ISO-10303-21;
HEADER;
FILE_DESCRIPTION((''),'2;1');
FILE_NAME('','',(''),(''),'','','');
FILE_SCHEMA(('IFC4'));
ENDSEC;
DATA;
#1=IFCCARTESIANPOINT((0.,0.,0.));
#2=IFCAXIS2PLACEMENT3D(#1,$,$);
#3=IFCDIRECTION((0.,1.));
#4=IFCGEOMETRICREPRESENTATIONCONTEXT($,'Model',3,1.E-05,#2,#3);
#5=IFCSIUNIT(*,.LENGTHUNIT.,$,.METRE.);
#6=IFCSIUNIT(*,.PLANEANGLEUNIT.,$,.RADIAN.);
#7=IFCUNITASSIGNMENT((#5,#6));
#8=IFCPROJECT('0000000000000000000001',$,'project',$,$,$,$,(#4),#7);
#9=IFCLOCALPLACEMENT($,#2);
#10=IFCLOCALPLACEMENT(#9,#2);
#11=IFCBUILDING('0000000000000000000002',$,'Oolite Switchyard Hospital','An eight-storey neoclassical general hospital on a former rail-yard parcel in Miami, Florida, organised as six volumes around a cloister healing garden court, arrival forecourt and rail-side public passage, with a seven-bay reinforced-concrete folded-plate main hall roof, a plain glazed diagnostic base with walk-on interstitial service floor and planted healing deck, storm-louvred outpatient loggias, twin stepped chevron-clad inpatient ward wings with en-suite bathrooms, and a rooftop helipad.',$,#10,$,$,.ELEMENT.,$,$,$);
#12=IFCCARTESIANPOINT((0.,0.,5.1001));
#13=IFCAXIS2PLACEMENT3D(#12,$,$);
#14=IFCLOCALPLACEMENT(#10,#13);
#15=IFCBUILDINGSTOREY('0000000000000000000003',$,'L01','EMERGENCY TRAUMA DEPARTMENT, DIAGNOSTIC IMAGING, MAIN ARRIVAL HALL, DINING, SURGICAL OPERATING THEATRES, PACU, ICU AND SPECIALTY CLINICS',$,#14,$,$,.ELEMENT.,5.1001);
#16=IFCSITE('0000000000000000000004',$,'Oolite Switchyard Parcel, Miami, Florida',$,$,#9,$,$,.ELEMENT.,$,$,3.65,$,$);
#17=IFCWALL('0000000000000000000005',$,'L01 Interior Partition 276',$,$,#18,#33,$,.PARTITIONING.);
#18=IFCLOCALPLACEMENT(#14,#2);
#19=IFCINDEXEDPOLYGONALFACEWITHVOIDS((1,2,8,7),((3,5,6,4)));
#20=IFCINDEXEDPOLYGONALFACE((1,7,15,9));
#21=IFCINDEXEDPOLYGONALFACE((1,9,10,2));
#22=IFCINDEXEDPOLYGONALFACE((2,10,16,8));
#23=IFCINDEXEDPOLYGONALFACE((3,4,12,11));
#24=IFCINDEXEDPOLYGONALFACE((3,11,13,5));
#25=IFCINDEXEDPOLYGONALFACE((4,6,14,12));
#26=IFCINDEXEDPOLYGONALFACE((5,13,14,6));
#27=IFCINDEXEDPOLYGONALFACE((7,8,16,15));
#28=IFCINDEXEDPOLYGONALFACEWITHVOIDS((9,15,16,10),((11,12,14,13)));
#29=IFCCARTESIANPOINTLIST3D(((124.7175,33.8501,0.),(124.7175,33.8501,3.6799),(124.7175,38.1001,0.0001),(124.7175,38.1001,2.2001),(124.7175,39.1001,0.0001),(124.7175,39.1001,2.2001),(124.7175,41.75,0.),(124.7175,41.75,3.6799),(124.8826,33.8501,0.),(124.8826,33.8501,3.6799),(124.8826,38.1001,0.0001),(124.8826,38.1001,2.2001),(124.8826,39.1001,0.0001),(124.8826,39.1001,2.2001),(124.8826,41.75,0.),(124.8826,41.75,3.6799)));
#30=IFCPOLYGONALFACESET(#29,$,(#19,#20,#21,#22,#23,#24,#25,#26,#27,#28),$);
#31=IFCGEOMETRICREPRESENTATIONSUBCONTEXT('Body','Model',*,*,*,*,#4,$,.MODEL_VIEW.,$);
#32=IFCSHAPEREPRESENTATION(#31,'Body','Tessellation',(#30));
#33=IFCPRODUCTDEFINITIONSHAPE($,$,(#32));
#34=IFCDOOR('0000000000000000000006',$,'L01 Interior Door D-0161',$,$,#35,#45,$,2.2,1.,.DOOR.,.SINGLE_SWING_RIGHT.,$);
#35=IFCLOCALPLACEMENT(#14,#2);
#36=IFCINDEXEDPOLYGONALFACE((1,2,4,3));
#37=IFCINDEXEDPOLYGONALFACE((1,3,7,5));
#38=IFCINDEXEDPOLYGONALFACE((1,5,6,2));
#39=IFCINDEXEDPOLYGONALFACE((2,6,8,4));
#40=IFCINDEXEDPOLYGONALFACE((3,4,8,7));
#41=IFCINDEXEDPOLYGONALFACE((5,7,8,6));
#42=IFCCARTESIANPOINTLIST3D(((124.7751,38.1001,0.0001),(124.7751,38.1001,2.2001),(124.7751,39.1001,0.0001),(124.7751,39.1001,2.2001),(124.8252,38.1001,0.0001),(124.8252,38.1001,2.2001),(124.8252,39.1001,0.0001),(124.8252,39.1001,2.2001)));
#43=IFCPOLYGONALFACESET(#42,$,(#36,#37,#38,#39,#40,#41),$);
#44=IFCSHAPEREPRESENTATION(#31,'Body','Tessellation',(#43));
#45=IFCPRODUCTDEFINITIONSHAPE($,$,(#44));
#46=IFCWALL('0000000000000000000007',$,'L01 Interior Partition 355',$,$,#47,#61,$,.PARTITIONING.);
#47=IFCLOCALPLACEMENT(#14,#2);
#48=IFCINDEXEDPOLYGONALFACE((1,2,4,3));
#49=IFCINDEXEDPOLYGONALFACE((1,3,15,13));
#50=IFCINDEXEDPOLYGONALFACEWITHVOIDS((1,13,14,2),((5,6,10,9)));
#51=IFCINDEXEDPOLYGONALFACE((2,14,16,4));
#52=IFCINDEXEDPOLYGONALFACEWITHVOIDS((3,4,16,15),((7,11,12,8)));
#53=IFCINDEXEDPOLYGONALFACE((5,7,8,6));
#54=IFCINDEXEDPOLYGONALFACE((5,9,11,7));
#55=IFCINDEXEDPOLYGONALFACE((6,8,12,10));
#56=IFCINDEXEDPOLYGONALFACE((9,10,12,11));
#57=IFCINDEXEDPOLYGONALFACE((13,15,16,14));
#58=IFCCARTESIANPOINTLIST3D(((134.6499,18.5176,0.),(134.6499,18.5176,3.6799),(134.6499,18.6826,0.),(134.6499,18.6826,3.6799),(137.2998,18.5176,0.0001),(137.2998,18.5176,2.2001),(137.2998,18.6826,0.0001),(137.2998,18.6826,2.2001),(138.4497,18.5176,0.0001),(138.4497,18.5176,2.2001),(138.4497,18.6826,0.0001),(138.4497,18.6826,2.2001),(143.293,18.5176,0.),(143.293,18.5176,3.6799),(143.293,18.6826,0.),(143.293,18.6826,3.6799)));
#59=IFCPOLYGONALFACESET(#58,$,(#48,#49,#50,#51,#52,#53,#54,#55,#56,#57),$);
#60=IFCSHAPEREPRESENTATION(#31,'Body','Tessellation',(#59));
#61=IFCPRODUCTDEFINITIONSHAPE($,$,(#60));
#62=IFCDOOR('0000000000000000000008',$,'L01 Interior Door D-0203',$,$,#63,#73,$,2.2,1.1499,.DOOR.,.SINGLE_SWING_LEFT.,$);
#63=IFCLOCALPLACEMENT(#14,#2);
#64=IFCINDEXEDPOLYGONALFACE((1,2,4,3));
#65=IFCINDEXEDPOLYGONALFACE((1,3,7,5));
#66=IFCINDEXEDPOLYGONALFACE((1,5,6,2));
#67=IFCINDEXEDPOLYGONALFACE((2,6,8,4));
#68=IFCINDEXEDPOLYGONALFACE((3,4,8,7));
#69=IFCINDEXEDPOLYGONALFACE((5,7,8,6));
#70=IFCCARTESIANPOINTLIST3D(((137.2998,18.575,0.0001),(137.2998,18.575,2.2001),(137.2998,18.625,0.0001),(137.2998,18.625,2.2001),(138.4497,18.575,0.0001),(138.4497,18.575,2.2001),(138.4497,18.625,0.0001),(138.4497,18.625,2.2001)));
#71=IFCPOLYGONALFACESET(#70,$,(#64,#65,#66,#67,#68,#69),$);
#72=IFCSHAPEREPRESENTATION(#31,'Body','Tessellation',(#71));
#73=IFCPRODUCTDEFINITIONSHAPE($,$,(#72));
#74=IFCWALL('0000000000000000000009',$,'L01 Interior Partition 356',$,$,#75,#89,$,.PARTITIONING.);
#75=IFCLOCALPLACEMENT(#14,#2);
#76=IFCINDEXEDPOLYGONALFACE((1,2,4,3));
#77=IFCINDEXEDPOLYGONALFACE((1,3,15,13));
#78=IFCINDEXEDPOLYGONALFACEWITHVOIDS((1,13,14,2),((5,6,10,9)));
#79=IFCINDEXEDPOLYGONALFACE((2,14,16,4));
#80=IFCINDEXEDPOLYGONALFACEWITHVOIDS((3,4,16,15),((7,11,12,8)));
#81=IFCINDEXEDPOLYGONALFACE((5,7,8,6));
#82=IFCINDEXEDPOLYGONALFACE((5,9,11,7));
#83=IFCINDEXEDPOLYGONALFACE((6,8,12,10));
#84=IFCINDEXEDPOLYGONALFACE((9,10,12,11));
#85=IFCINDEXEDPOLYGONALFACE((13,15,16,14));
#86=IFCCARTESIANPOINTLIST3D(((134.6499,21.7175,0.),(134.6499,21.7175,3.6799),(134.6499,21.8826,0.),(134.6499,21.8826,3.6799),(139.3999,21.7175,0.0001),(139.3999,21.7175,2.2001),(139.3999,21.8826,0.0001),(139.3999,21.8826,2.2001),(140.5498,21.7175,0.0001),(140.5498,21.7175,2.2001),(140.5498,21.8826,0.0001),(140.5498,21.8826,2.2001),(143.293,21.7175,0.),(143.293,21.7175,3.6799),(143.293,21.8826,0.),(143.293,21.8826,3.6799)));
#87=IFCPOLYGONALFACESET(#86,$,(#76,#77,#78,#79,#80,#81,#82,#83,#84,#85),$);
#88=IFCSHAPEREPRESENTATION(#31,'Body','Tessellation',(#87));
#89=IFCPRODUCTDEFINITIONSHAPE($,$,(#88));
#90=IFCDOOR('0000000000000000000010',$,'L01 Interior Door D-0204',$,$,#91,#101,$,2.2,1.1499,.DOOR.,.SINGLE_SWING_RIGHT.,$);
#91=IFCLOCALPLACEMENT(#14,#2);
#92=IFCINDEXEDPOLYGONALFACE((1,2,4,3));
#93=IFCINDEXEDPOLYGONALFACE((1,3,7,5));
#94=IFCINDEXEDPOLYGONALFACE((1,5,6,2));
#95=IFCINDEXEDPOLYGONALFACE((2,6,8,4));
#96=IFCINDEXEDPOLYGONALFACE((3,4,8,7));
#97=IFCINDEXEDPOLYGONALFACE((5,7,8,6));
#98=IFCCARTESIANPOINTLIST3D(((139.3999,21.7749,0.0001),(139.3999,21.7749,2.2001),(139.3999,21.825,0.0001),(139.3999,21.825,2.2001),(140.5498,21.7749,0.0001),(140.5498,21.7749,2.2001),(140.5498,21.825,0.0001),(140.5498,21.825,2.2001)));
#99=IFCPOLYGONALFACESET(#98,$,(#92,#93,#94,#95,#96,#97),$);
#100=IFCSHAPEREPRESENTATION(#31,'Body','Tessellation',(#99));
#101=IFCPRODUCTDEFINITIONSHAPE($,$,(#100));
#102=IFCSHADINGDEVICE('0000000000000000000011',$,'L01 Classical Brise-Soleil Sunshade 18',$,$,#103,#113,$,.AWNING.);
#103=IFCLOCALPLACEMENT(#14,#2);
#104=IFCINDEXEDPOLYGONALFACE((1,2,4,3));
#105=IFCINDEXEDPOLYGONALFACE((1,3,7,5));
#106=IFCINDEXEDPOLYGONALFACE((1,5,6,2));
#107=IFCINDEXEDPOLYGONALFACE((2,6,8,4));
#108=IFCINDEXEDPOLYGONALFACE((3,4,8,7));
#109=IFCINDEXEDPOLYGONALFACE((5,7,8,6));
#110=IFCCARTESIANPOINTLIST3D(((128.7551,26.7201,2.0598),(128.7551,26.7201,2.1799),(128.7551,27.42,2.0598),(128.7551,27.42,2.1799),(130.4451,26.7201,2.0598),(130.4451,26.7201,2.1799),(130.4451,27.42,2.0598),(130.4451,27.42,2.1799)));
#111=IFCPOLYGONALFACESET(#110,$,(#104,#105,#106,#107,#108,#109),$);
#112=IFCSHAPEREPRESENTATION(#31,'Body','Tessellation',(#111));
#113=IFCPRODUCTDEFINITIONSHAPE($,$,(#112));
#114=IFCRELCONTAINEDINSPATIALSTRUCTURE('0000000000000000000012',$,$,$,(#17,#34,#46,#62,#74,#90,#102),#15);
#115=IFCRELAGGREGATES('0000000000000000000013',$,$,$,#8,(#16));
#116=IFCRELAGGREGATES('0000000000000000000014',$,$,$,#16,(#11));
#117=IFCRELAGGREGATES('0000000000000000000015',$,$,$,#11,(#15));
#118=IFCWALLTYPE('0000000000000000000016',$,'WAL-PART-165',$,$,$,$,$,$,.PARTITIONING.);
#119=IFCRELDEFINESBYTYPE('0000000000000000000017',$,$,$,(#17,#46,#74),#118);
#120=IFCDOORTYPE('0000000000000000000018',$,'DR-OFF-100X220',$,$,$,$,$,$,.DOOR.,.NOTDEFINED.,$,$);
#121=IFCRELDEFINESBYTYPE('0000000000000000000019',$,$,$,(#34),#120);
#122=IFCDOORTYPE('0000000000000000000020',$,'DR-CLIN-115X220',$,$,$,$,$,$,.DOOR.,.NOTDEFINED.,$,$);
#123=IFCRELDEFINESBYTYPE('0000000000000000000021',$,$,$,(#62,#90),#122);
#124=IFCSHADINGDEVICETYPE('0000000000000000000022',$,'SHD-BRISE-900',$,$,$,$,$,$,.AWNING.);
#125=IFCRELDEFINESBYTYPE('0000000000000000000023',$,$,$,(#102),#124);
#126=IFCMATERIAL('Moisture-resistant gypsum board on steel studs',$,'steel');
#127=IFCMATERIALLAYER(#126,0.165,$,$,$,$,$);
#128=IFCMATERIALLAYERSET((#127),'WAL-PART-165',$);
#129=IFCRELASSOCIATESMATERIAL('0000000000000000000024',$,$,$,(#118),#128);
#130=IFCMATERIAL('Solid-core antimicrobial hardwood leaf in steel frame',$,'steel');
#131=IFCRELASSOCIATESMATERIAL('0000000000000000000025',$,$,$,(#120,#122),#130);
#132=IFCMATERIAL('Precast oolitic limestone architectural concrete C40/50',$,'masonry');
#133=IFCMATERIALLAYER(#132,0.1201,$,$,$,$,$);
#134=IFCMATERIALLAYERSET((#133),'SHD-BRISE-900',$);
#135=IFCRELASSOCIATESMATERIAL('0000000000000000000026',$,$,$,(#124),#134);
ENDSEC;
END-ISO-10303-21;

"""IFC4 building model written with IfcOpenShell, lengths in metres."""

from ifc_helpers import new_model, si_unit, direction, frame, frame_2d, origin, origin_2d, place, context, subcontext, project, spatial, rectangle, extrude, material, layer, layer_set, type_object, element, fill, save


model = new_model("IFC4")

# Units and contexts
model_context = context("Model", 3, precision=1e-05, world=origin(), true_north=direction((0.0, 1.0)))
body_context = subcontext(model_context, "Body", "Model", "MODEL_VIEW")
ifc_project = project(units=[si_unit("LENGTHUNIT", "METRE"), si_unit("PLANEANGLEUNIT", "RADIAN")], contexts=[model_context])

# Site, building, storey
site_placement = place(None, origin())
site = spatial("IfcSite", under=ifc_project, at=site_placement, Name="Oolite Switchyard Parcel, Miami, Florida", CompositionType="ELEMENT", RefElevation=3.65)
building_placement = place(site_placement, origin())
building = spatial("IfcBuilding", under=site, at=building_placement, Name="Oolite Switchyard Hospital", Description="An eight-storey neoclassical general hospital on a former rail-yard parcel in Miami, Florida, organised as six volumes around a cloister healing garden court, arrival forecourt and rail-side public passage, with a seven-bay reinforced-concrete folded-plate main hall roof, a plain glazed diagnostic base with walk-on interstitial service floor and planted healing deck, storm-louvred outpatient loggias, twin stepped chevron-clad inpatient ward wings with en-suite bathrooms, and a rooftop helipad.", CompositionType="ELEMENT")
storey_placement = place(building_placement, frame((0.0, 0.0, 5.1001)))
storey = spatial("IfcBuildingStorey", under=building, at=storey_placement, Name="L01", Description="EMERGENCY TRAUMA DEPARTMENT, DIAGNOSTIC IMAGING, MAIN ARRIVAL HALL, DINING, SURGICAL OPERATING THEATRES, PACU, ICU AND SPECIALTY CLINICS", CompositionType="ELEMENT", Elevation=5.1001)

# Shared definitions
ifc_material_1 = material(Name="Precast oolitic limestone architectural concrete C40/50", Category="masonry")

# Walls, openings, doors
ifc_material_2 = material(Name="Moisture-resistant gypsum board on steel studs", Category="steel")
ifc_layer_1 = layer(ifc_material_2, 0.165)
ifc_layer_set_1 = layer_set([ifc_layer_1], Name="WAL-PART-165")
wall_type_1 = type_object("IfcWallType", Name="WAL-PART-165", PredefinedType="PARTITIONING", material=ifc_layer_set_1)
wall_1_placement = place(storey_placement, frame((124.8, 33.8501, 0.0), z_axis=(0.0, 0.0, 1.0), x_axis=(0.0, 1.0, 0.0)))
wall_1 = element("IfcWall", 1, at=wall_1_placement, inside=storey, type_object=wall_type_1, Name="L01 Interior Partition 276", PredefinedType="PARTITIONING", context=body_context, shape_type="SweptSolid", body=[
    extrude(rectangle(XDim=7.8999, YDim=0.165, at=frame_2d((3.95, 0.0))), origin(), (0.0, 0.0, 1.0), 3.6799),
])
opening_1_placement = place(wall_1_placement, frame((4.25, 0.0, 0.0)))
opening_1 = element("IfcOpeningElement", 2, at=opening_1_placement, cuts=wall_1, PredefinedType="OPENING", context=body_context, shape_type="SweptSolid", body=[
    extrude(rectangle(XDim=1.0, YDim=2.2, at=frame_2d((0.5, 1.1001))), frame((0.0, 0.0925, 0.0), z_axis=(0.0, -1.0, 0.0), x_axis=(1.0, 0.0, 0.0)), (0.0, 0.0, 1.0), 0.1851),
])
ifc_material_3 = material(Name="Solid-core antimicrobial hardwood leaf in steel frame", Category="steel")
door_type_1 = type_object("IfcDoorType", Name="DR-OFF-100X220", OperationType="NOTDEFINED", PredefinedType="DOOR", material=ifc_material_3)
door_1_placement = place(opening_1_placement, origin())
door_1 = element("IfcDoor", 3, at=door_1_placement, inside=storey, type_object=door_type_1, Name="L01 Interior Door D-0161", OperationType="SINGLE_SWING_RIGHT", OverallHeight=2.2, OverallWidth=1.0, PredefinedType="DOOR", context=body_context, shape_type="SweptSolid", body=[
    extrude(rectangle(XDim=1.0, YDim=2.2, at=frame_2d((0.5, 1.1001))), frame((0.0, 0.0249, 0.0), z_axis=(0.0, -1.0, 0.0), x_axis=(1.0, 0.0, 0.0)), (0.0, 0.0, 1.0), 0.05),
])
fill(opening_1, door_1)
wall_2_placement = place(storey_placement, frame((134.6499, 18.6001, 0.0), z_axis=(0.0, 0.0, 1.0), x_axis=(1.0, 0.0, 0.0)))
wall_2 = element("IfcWall", 4, at=wall_2_placement, inside=storey, type_object=wall_type_1, Name="L01 Interior Partition 355", PredefinedType="PARTITIONING", context=body_context, shape_type="SweptSolid", body=[
    extrude(rectangle(XDim=8.6431, YDim=0.165, at=frame_2d((4.3215, 0.0))), origin(), (0.0, 0.0, 1.0), 3.6799),
])
opening_2_placement = place(wall_2_placement, frame((2.6499, 0.0, 0.0)))
opening_2 = element("IfcOpeningElement", 5, at=opening_2_placement, cuts=wall_2, PredefinedType="OPENING", context=body_context, shape_type="SweptSolid", body=[
    extrude(rectangle(XDim=1.1499, YDim=2.2, at=frame_2d((0.575, 1.1001))), frame((0.0, 0.0925, 0.0), z_axis=(0.0, -1.0, 0.0), x_axis=(1.0, 0.0, 0.0)), (0.0, 0.0, 1.0), 0.1851),
])
door_type_2 = type_object("IfcDoorType", Name="DR-CLIN-115X220", OperationType="NOTDEFINED", PredefinedType="DOOR", material=ifc_material_3)
door_2_placement = place(opening_2_placement, origin())
door_2 = element("IfcDoor", 6, at=door_2_placement, inside=storey, type_object=door_type_2, Name="L01 Interior Door D-0203", OperationType="SINGLE_SWING_LEFT", OverallHeight=2.2, OverallWidth=1.1499, PredefinedType="DOOR", context=body_context, shape_type="SweptSolid", body=[
    extrude(rectangle(XDim=1.1499, YDim=2.2, at=frame_2d((0.575, 1.1001))), frame((0.0, 0.0249, 0.0), z_axis=(0.0, -1.0, 0.0), x_axis=(1.0, 0.0, 0.0)), (0.0, 0.0, 1.0), 0.05),
])
fill(opening_2, door_2)
wall_3_placement = place(storey_placement, frame((134.6499, 21.8, 0.0), z_axis=(0.0, 0.0, 1.0), x_axis=(1.0, 0.0, 0.0)))
wall_3 = element("IfcWall", 7, at=wall_3_placement, inside=storey, type_object=wall_type_1, Name="L01 Interior Partition 356", PredefinedType="PARTITIONING", context=body_context, shape_type="SweptSolid", body=[
    extrude(rectangle(XDim=8.6431, YDim=0.165, at=frame_2d((4.3215, 0.0))), origin(), (0.0, 0.0, 1.0), 3.6799),
])
opening_3_placement = place(wall_3_placement, frame((4.75, 0.0, 0.0)))
opening_3 = element("IfcOpeningElement", 8, at=opening_3_placement, cuts=wall_3, PredefinedType="OPENING", context=body_context, shape_type="SweptSolid", body=[
    extrude(rectangle(XDim=1.1499, YDim=2.2, at=frame_2d((0.575, 1.1001))), frame((0.0, 0.0925, 0.0), z_axis=(0.0, -1.0, 0.0), x_axis=(1.0, 0.0, 0.0)), (0.0, 0.0, 1.0), 0.1851),
])
door_3_placement = place(opening_3_placement, origin())
door_3 = element("IfcDoor", 9, at=door_3_placement, inside=storey, type_object=door_type_2, Name="L01 Interior Door D-0204", OperationType="SINGLE_SWING_RIGHT", OverallHeight=2.2, OverallWidth=1.1499, PredefinedType="DOOR", context=body_context, shape_type="SweptSolid", body=[
    extrude(rectangle(XDim=1.1499, YDim=2.2, at=frame_2d((0.575, 1.1001))), frame((0.0, 0.0249, 0.0), z_axis=(0.0, -1.0, 0.0), x_axis=(1.0, 0.0, 0.0)), (0.0, 0.0, 1.0), 0.05),
])
fill(opening_3, door_3)

# Shading device
ifc_layer_2 = layer(ifc_material_1, 0.1201)
ifc_layer_set_2 = layer_set([ifc_layer_2], Name="SHD-BRISE-900")
shading_device_type = type_object("IfcShadingDeviceType", Name="SHD-BRISE-900", PredefinedType="AWNING", material=ifc_layer_set_2)
shading_device_placement = place(storey_placement, frame((129.6001, 27.0701, 2.0598), z_axis=(0.0, 0.0, 1.0), x_axis=(1.0, 0.0, 0.0)))
element("IfcShadingDevice", 10, at=shading_device_placement, inside=storey, type_object=shading_device_type, Name="L01 Classical Brise-Soleil Sunshade 18", PredefinedType="AWNING", context=body_context, shape_type="SweptSolid", body=[
    extrude(rectangle(XDim=1.6899, YDim=0.7, at=origin_2d()), origin(), (0.0, 0.0, 1.0), 0.1201),
])

save(model, "model.ifc")
